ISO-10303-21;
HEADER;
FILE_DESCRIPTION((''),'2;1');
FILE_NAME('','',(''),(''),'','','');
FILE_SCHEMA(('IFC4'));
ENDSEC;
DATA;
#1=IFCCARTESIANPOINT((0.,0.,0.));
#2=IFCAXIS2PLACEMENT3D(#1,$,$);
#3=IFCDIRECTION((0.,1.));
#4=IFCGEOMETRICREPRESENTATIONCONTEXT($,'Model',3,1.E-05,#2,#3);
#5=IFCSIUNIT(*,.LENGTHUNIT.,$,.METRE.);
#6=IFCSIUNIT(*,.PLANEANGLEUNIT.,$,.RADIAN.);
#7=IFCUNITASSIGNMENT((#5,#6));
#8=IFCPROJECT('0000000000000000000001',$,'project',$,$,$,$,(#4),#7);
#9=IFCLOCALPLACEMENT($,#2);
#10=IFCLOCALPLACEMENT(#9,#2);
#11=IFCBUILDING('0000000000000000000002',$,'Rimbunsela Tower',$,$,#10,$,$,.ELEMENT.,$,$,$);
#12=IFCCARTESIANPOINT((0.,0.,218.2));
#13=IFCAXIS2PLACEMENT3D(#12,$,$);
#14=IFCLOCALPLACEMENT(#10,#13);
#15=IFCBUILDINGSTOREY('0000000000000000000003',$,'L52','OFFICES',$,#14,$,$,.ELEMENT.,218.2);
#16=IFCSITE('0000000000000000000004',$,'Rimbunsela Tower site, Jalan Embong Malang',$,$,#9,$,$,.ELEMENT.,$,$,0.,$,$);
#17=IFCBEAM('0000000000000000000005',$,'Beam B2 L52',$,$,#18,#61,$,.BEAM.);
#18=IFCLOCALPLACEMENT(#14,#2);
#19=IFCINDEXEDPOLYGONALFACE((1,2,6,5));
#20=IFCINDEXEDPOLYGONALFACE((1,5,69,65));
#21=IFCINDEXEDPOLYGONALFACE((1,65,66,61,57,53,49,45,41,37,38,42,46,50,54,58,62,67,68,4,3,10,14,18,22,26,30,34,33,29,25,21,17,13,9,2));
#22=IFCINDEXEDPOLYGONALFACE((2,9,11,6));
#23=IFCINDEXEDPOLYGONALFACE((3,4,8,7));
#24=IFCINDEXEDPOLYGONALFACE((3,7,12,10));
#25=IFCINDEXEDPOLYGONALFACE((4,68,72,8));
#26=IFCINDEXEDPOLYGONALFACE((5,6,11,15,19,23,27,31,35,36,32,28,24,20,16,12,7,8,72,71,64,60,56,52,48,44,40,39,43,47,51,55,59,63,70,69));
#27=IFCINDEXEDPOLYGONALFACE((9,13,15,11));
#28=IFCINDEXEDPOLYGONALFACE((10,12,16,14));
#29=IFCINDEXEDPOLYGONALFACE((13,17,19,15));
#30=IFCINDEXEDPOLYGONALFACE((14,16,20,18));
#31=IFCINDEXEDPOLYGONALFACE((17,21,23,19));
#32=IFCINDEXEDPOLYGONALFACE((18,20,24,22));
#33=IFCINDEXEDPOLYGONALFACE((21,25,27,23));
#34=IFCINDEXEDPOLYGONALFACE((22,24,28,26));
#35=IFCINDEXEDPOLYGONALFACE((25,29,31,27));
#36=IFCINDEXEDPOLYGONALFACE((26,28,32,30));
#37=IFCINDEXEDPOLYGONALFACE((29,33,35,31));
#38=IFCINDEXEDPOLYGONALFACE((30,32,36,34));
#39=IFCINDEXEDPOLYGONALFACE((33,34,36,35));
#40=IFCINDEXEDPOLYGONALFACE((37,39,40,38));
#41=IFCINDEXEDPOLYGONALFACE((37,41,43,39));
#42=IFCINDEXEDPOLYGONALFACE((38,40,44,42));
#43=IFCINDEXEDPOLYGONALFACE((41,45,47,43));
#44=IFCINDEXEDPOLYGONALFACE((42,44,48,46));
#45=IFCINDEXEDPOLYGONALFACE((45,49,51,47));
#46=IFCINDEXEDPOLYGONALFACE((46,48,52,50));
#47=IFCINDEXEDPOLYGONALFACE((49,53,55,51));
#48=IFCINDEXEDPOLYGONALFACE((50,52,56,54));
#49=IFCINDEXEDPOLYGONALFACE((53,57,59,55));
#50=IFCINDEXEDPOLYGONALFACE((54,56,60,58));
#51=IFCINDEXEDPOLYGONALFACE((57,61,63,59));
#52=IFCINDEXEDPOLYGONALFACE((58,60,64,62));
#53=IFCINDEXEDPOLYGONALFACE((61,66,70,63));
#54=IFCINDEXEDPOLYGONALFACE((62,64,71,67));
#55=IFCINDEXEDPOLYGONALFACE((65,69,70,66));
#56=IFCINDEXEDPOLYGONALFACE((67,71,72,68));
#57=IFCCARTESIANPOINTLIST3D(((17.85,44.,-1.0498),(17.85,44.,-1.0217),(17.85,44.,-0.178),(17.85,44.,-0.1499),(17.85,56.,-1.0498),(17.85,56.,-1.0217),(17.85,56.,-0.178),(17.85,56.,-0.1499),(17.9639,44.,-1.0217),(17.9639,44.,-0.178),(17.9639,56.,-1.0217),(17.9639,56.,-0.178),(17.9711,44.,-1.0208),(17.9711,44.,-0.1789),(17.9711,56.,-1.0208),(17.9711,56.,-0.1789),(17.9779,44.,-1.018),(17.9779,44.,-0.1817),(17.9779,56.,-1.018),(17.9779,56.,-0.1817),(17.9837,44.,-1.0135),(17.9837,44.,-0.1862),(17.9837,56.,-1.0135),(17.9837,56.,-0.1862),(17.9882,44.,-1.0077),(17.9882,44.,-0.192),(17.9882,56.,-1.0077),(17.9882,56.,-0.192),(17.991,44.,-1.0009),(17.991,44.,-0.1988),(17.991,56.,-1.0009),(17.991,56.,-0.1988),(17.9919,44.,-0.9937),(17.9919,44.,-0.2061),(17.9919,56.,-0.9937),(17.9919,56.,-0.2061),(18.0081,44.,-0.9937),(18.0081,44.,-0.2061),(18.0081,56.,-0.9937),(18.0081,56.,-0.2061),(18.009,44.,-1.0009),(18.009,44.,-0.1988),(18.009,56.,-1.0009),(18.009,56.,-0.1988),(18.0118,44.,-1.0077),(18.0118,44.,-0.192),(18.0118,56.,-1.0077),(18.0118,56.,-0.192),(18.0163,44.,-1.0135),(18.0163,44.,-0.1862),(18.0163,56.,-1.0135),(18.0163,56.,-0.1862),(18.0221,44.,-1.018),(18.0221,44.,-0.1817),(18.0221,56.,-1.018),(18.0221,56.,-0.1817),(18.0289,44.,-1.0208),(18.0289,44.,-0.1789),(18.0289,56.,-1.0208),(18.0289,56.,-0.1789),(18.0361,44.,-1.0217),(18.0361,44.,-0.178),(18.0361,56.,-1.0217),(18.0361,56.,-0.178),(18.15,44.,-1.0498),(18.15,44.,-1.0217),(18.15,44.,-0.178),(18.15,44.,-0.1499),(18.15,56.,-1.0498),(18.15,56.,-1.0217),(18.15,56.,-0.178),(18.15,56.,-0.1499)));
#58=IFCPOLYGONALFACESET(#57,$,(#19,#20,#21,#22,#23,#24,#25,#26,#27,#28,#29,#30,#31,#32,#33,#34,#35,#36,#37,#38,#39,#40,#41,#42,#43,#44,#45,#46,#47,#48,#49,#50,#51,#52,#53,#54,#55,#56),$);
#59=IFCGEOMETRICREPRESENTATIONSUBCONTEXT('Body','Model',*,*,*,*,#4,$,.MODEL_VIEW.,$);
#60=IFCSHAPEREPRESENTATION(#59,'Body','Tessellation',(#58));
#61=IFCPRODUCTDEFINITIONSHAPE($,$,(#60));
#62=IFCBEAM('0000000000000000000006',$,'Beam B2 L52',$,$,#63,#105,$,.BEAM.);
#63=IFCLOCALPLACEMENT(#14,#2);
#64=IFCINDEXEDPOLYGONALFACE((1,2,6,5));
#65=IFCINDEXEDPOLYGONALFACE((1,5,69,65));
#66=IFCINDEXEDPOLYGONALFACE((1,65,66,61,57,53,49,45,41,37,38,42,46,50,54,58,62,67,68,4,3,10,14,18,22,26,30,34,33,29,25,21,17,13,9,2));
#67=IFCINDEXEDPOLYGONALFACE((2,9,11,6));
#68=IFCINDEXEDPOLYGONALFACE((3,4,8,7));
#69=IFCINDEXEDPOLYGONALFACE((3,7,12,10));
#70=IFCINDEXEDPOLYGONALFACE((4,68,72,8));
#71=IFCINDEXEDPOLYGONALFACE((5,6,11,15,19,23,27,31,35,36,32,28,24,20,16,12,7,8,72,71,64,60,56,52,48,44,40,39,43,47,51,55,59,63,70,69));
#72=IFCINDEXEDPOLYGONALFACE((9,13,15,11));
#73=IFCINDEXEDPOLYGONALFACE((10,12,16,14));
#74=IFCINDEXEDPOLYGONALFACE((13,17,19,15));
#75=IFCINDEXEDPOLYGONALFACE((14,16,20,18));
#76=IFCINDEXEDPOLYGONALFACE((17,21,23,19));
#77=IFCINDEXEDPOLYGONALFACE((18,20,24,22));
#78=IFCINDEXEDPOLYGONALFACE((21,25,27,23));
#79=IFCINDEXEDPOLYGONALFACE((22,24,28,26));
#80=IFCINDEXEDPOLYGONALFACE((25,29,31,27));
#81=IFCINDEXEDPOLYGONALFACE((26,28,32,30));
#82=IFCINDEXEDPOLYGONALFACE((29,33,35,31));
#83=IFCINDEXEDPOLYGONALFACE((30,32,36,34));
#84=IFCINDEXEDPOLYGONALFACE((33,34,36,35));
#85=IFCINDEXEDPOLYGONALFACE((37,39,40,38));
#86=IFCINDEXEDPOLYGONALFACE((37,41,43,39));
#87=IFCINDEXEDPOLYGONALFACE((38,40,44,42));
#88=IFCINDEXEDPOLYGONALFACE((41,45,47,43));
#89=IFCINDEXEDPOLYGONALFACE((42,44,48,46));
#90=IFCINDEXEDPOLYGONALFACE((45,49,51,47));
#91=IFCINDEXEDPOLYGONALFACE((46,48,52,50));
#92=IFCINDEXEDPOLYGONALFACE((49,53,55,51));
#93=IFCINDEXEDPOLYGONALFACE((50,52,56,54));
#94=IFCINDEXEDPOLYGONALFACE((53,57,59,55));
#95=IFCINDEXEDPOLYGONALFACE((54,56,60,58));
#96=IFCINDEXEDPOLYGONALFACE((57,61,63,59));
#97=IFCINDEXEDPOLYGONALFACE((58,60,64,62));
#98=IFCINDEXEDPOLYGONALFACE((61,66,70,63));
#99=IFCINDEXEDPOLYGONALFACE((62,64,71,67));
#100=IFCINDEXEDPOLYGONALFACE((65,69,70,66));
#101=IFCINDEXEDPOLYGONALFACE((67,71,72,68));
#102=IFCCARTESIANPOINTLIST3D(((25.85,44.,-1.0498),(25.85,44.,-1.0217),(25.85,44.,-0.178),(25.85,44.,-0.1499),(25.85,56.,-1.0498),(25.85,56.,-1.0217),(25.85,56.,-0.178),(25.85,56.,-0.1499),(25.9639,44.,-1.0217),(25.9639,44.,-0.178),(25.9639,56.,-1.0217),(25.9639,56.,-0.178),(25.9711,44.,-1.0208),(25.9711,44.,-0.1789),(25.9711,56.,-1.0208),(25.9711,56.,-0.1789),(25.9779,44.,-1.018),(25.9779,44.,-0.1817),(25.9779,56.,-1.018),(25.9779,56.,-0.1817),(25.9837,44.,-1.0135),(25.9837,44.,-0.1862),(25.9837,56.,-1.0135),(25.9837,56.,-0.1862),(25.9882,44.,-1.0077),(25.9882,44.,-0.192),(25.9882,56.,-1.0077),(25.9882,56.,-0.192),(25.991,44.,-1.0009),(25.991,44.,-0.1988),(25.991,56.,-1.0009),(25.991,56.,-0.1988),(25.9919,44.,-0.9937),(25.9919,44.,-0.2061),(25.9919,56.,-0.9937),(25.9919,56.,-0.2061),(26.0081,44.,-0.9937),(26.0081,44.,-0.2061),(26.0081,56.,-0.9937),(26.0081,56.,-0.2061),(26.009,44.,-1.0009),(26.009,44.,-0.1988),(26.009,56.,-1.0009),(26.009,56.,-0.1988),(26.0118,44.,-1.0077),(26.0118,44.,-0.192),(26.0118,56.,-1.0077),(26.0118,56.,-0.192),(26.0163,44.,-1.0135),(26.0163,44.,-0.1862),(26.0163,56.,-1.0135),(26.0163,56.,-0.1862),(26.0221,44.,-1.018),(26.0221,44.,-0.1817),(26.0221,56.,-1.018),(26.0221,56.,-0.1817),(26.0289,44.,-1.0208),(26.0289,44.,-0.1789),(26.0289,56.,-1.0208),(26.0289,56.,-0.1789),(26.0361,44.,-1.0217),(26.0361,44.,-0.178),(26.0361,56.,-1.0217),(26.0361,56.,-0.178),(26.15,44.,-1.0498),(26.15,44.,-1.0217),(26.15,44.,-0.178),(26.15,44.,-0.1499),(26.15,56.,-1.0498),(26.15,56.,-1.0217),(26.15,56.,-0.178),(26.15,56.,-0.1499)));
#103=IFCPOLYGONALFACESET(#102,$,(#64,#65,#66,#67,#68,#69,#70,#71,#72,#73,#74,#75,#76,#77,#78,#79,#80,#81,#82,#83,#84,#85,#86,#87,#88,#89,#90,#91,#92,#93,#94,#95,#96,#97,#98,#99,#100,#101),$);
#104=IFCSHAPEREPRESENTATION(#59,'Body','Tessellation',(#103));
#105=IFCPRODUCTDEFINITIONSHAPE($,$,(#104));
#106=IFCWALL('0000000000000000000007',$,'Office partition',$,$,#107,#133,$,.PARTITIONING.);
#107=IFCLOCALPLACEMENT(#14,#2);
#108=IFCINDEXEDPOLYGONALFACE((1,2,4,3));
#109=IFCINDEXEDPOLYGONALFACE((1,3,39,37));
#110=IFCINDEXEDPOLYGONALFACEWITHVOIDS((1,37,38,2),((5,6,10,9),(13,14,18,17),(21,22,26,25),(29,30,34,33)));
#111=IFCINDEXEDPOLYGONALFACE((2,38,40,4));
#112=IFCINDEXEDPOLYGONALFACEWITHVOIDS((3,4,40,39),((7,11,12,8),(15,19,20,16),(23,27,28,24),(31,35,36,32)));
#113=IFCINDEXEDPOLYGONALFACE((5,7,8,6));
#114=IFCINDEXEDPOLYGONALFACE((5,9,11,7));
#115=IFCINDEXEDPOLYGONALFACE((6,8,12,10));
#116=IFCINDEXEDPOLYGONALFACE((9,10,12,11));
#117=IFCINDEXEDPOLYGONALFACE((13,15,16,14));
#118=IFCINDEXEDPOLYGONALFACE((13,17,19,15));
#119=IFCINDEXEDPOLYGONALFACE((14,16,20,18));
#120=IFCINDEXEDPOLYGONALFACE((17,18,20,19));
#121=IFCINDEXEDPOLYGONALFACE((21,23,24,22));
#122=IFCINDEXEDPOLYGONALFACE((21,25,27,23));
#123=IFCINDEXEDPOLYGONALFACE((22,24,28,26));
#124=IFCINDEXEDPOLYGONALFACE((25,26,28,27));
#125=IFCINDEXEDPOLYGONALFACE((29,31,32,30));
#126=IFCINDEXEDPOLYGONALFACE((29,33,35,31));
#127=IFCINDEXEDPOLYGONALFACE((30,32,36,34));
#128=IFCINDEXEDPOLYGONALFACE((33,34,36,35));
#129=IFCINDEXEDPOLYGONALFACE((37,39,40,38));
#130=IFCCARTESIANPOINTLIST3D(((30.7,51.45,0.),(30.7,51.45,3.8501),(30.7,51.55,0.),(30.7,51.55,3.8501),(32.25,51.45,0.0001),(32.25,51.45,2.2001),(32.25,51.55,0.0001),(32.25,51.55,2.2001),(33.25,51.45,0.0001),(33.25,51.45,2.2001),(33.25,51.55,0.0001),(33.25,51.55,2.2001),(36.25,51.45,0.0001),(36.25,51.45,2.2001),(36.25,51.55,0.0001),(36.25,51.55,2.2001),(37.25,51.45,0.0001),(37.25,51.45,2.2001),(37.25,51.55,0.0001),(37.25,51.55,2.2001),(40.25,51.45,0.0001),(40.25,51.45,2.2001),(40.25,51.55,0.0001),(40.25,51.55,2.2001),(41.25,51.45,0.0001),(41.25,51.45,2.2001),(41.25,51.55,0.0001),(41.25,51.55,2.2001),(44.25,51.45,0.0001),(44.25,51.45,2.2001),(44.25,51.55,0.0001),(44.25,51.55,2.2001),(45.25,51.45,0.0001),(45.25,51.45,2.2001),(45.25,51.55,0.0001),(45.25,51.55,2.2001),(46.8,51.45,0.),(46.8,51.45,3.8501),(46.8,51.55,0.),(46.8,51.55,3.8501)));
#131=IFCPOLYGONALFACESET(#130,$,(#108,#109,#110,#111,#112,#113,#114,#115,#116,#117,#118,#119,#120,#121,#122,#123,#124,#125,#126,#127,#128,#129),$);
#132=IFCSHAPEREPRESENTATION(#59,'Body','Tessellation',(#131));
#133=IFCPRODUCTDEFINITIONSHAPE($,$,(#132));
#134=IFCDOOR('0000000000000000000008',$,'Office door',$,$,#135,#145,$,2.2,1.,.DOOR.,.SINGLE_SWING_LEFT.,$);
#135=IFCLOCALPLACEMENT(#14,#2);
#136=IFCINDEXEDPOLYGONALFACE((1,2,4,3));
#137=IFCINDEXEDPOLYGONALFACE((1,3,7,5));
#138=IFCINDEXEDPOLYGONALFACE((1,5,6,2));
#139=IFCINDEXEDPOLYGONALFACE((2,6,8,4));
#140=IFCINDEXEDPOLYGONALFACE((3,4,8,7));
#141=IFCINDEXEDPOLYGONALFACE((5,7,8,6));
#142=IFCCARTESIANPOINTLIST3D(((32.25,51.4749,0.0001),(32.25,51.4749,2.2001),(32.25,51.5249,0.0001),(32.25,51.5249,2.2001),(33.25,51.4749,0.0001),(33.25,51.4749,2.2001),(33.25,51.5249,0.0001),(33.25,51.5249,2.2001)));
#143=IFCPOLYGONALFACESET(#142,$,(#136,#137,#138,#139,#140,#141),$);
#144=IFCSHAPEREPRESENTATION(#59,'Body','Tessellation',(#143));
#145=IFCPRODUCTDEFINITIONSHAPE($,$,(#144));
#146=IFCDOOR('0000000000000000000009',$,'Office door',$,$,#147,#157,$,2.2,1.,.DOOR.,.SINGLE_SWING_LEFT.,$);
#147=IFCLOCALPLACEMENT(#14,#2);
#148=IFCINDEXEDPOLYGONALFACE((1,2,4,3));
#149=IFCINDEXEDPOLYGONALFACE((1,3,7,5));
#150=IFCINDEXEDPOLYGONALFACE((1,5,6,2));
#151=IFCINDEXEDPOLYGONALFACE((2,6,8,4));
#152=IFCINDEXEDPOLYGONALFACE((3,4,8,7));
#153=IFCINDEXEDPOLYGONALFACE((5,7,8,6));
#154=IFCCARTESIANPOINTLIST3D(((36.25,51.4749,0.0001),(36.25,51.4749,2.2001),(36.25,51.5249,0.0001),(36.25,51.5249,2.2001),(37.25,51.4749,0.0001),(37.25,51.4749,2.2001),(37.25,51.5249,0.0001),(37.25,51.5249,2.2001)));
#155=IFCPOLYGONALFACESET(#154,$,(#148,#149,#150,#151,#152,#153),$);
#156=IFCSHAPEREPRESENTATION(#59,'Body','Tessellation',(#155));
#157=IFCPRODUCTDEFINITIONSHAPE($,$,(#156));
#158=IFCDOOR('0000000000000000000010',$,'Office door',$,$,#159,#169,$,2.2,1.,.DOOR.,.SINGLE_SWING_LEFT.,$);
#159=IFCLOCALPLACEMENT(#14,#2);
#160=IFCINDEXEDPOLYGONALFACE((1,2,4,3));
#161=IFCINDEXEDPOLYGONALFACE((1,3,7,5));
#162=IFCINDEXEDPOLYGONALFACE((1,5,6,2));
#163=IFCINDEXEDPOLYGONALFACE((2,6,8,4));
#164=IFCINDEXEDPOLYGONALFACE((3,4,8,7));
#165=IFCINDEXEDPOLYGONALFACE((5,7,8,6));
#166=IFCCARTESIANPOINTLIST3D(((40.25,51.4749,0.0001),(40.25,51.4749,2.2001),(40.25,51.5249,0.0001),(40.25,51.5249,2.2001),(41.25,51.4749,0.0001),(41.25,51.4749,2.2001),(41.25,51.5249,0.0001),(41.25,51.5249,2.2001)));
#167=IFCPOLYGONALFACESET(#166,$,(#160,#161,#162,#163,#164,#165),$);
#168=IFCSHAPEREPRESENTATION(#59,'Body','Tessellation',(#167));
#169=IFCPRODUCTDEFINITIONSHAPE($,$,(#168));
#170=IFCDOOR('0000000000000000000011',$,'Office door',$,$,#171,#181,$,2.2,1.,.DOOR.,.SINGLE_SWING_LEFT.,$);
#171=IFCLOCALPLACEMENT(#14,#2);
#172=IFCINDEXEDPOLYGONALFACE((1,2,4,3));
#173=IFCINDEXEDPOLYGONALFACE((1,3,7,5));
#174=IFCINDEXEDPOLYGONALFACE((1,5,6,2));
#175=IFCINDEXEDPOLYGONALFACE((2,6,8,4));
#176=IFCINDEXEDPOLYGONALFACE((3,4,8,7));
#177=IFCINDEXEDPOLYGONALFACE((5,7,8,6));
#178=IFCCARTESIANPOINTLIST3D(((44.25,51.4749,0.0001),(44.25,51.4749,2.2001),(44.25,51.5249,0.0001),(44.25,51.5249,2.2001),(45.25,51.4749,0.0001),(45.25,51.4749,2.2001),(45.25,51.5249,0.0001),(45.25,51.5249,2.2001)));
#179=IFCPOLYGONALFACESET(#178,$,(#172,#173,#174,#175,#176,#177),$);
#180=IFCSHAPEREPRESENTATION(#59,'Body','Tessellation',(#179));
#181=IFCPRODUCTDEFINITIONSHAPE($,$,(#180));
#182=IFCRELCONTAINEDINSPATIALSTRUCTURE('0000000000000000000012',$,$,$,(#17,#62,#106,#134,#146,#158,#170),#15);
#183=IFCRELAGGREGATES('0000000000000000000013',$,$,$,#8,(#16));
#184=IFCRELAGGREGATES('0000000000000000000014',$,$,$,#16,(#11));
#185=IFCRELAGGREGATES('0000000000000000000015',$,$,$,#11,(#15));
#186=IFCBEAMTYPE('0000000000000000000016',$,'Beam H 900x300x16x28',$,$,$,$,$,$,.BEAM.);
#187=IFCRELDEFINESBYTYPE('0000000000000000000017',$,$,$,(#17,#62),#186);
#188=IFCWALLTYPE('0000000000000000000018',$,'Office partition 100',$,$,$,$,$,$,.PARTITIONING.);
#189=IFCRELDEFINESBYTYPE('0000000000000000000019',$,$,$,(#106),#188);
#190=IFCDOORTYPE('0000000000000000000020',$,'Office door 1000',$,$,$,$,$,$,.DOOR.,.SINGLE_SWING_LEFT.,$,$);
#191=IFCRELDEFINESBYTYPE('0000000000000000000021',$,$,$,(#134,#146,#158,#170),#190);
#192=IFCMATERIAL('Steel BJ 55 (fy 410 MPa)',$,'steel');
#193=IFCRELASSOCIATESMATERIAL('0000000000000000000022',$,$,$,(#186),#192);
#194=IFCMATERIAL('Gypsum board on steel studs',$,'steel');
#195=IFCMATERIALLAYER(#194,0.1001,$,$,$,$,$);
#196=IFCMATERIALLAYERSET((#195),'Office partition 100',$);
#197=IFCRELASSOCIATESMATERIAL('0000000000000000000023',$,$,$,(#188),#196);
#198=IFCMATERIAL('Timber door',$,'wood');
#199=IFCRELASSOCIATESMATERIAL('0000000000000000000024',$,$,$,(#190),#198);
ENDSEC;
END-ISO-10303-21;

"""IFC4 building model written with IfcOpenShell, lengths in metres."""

from ifc_helpers import new_model, si_unit, direction, frame, frame_2d, origin, origin_2d, place, context, subcontext, project, spatial, rectangle, i_section, extrude, material, layer, layer_set, material_profile, profile_set, type_object, element, fill, save


model = new_model("IFC4")

# Units and contexts
model_context = context("Model", 3, precision=1e-05, world=origin(), true_north=direction((0.0, 1.0)))
body_context = subcontext(model_context, "Body", "Model", "MODEL_VIEW")
ifc_project = project(units=[si_unit("LENGTHUNIT", "METRE"), si_unit("PLANEANGLEUNIT", "RADIAN")], contexts=[model_context])

# Site, building, storey
site_placement = place(None, origin())
site = spatial("IfcSite", under=ifc_project, at=site_placement, Name="Rimbunsela Tower site, Jalan Embong Malang", CompositionType="ELEMENT", RefElevation=0.0)
building_placement = place(site_placement, origin())
building = spatial("IfcBuilding", under=site, at=building_placement, Name="Rimbunsela Tower", CompositionType="ELEMENT")
storey_placement = place(building_placement, frame((0.0, 0.0, 218.2)))
storey = spatial("IfcBuildingStorey", under=building, at=storey_placement, Name="L52", Description="OFFICES", CompositionType="ELEMENT", Elevation=218.2)

# Beams
ifc_material_1 = material(Name="Steel BJ 55 (fy 410 MPa)", Category="steel")
ifc_material_profile_1 = material_profile(ifc_material_1, i_section(OverallWidth=0.3, OverallDepth=0.8999, WebThickness=0.0161, FlangeThickness=0.0281, FilletRadius=0.0281, at=origin_2d()), Name="H 900x300x16x28")
ifc_profile_set_1 = profile_set([ifc_material_profile_1], Name="Steel BJ 55 (fy 410 MPa)")
beam_type_1 = type_object("IfcBeamType", Name="Beam H 900x300x16x28", PredefinedType="BEAM", material=ifc_profile_set_1)
for number, where, z_axis, x_axis, name in (
    (1, (18.0, 44.0, -0.5999), (0.0, 1.0, 0.0), (-1.0, 0.0, 0.0), "Beam B2 L52"),
    (2, (26.0, 44.0, -0.5999), (0.0, 1.0, 0.0), (-1.0, 0.0, 0.0), "Beam B2 L52"),
):
    element("IfcBeam", number, at=place(storey_placement, frame(where, z_axis=z_axis, x_axis=x_axis)), inside=storey, type_object=beam_type_1, Name=name, PredefinedType="BEAM", context=body_context, shape_type="SweptSolid", body=[
        extrude(i_section(OverallWidth=0.3, OverallDepth=0.8999, WebThickness=0.0161, FlangeThickness=0.0281, FilletRadius=0.0281, at=origin_2d()), origin(), (0.0, 0.0, 1.0), 12.0),
    ])

# Wall, openings, doors
ifc_material_2 = material(Name="Gypsum board on steel studs", Category="steel")
ifc_layer_1 = layer(ifc_material_2, 0.1001)
ifc_layer_set_1 = layer_set([ifc_layer_1], Name="Office partition 100")
wall_type_1 = type_object("IfcWallType", Name="Office partition 100", PredefinedType="PARTITIONING", material=ifc_layer_set_1)
wall_1_placement = place(storey_placement, frame((30.7, 51.5, 0.0), z_axis=(0.0, 0.0, 1.0), x_axis=(1.0, 0.0, 0.0)))
wall_1 = element("IfcWall", 3, at=wall_1_placement, inside=storey, type_object=wall_type_1, Name="Office partition", PredefinedType="PARTITIONING", context=body_context, shape_type="SweptSolid", body=[
    extrude(rectangle(XDim=16.1001, YDim=0.1001, at=frame_2d((8.05, 0.0))), origin(), (0.0, 0.0, 1.0), 3.8501),
])
opening_1_placement = place(wall_1_placement, frame((1.55, 0.0, 0.0)))
opening_1 = element("IfcOpeningElement", 4, at=opening_1_placement, cuts=wall_1, PredefinedType="OPENING", context=body_context, shape_type="SweptSolid", body=[
    extrude(rectangle(XDim=1.0, YDim=2.2, at=frame_2d((0.5, 1.1001))), frame((0.0, 0.0601, 0.0), z_axis=(0.0, -1.0, 0.0), x_axis=(1.0, 0.0, 0.0)), (0.0, 0.0, 1.0), 0.1201),
])
opening_2_placement = place(wall_1_placement, frame((5.55, 0.0, 0.0)))
opening_2 = element("IfcOpeningElement", 5, at=opening_2_placement, cuts=wall_1, PredefinedType="OPENING", context=body_context, shape_type="SweptSolid", body=[
    extrude(rectangle(XDim=1.0, YDim=2.2, at=frame_2d((0.5, 1.1001))), frame((0.0, 0.0601, 0.0), z_axis=(0.0, -1.0, 0.0), x_axis=(1.0, 0.0, 0.0)), (0.0, 0.0, 1.0), 0.1201),
])
opening_3_placement = place(wall_1_placement, frame((9.55, 0.0, 0.0)))
opening_3 = element("IfcOpeningElement", 6, at=opening_3_placement, cuts=wall_1, PredefinedType="OPENING", context=body_context, shape_type="SweptSolid", body=[
    extrude(rectangle(XDim=1.0, YDim=2.2, at=frame_2d((0.5, 1.1001))), frame((0.0, 0.0601, 0.0), z_axis=(0.0, -1.0, 0.0), x_axis=(1.0, 0.0, 0.0)), (0.0, 0.0, 1.0), 0.1201),
])
opening_4_placement = place(wall_1_placement, frame((13.55, 0.0, 0.0)))
opening_4 = element("IfcOpeningElement", 7, at=opening_4_placement, cuts=wall_1, PredefinedType="OPENING", context=body_context, shape_type="SweptSolid", body=[
    extrude(rectangle(XDim=1.0, YDim=2.2, at=frame_2d((0.5, 1.1001))), frame((0.0, 0.0601, 0.0), z_axis=(0.0, -1.0, 0.0), x_axis=(1.0, 0.0, 0.0)), (0.0, 0.0, 1.0), 0.1201),
])
ifc_material_3 = material(Name="Timber door", Category="wood")
door_type = type_object("IfcDoorType", Name="Office door 1000", OperationType="SINGLE_SWING_LEFT", PredefinedType="DOOR", material=ifc_material_3)
door_1_placement = place(opening_1_placement, origin())
door_1 = element("IfcDoor", 8, at=door_1_placement, inside=storey, type_object=door_type, Name="Office door", OperationType="SINGLE_SWING_LEFT", OverallHeight=2.2, OverallWidth=1.0, PredefinedType="DOOR", context=body_context, shape_type="SweptSolid", body=[
    extrude(rectangle(XDim=1.0, YDim=2.2, at=frame_2d((0.5, 1.1001))), frame((0.0, 0.0249, 0.0), z_axis=(0.0, -1.0, 0.0), x_axis=(1.0, 0.0, 0.0)), (0.0, 0.0, 1.0), 0.05),
])
fill(opening_1, door_1)
door_2_placement = place(opening_2_placement, origin())
door_2 = element("IfcDoor", 9, at=door_2_placement, inside=storey, type_object=door_type, Name="Office door", OperationType="SINGLE_SWING_LEFT", OverallHeight=2.2, OverallWidth=1.0, PredefinedType="DOOR", context=body_context, shape_type="SweptSolid", body=[
    extrude(rectangle(XDim=1.0, YDim=2.2, at=frame_2d((0.5, 1.1001))), frame((0.0, 0.0249, 0.0), z_axis=(0.0, -1.0, 0.0), x_axis=(1.0, 0.0, 0.0)), (0.0, 0.0, 1.0), 0.05),
])
fill(opening_2, door_2)
door_3_placement = place(opening_3_placement, origin())
door_3 = element("IfcDoor", 10, at=door_3_placement, inside=storey, type_object=door_type, Name="Office door", OperationType="SINGLE_SWING_LEFT", OverallHeight=2.2, OverallWidth=1.0, PredefinedType="DOOR", context=body_context, shape_type="SweptSolid", body=[
    extrude(rectangle(XDim=1.0, YDim=2.2, at=frame_2d((0.5, 1.1001))), frame((0.0, 0.0249, 0.0), z_axis=(0.0, -1.0, 0.0), x_axis=(1.0, 0.0, 0.0)), (0.0, 0.0, 1.0), 0.05),
])
fill(opening_3, door_3)
door_4_placement = place(opening_4_placement, origin())
door_4 = element("IfcDoor", 11, at=door_4_placement, inside=storey, type_object=door_type, Name="Office door", OperationType="SINGLE_SWING_LEFT", OverallHeight=2.2, OverallWidth=1.0, PredefinedType="DOOR", context=body_context, shape_type="SweptSolid", body=[
    extrude(rectangle(XDim=1.0, YDim=2.2, at=frame_2d((0.5, 1.1001))), frame((0.0, 0.0249, 0.0), z_axis=(0.0, -1.0, 0.0), x_axis=(1.0, 0.0, 0.0)), (0.0, 0.0, 1.0), 0.05),
])
fill(opening_4, door_4)

save(model, "model.ifc")
